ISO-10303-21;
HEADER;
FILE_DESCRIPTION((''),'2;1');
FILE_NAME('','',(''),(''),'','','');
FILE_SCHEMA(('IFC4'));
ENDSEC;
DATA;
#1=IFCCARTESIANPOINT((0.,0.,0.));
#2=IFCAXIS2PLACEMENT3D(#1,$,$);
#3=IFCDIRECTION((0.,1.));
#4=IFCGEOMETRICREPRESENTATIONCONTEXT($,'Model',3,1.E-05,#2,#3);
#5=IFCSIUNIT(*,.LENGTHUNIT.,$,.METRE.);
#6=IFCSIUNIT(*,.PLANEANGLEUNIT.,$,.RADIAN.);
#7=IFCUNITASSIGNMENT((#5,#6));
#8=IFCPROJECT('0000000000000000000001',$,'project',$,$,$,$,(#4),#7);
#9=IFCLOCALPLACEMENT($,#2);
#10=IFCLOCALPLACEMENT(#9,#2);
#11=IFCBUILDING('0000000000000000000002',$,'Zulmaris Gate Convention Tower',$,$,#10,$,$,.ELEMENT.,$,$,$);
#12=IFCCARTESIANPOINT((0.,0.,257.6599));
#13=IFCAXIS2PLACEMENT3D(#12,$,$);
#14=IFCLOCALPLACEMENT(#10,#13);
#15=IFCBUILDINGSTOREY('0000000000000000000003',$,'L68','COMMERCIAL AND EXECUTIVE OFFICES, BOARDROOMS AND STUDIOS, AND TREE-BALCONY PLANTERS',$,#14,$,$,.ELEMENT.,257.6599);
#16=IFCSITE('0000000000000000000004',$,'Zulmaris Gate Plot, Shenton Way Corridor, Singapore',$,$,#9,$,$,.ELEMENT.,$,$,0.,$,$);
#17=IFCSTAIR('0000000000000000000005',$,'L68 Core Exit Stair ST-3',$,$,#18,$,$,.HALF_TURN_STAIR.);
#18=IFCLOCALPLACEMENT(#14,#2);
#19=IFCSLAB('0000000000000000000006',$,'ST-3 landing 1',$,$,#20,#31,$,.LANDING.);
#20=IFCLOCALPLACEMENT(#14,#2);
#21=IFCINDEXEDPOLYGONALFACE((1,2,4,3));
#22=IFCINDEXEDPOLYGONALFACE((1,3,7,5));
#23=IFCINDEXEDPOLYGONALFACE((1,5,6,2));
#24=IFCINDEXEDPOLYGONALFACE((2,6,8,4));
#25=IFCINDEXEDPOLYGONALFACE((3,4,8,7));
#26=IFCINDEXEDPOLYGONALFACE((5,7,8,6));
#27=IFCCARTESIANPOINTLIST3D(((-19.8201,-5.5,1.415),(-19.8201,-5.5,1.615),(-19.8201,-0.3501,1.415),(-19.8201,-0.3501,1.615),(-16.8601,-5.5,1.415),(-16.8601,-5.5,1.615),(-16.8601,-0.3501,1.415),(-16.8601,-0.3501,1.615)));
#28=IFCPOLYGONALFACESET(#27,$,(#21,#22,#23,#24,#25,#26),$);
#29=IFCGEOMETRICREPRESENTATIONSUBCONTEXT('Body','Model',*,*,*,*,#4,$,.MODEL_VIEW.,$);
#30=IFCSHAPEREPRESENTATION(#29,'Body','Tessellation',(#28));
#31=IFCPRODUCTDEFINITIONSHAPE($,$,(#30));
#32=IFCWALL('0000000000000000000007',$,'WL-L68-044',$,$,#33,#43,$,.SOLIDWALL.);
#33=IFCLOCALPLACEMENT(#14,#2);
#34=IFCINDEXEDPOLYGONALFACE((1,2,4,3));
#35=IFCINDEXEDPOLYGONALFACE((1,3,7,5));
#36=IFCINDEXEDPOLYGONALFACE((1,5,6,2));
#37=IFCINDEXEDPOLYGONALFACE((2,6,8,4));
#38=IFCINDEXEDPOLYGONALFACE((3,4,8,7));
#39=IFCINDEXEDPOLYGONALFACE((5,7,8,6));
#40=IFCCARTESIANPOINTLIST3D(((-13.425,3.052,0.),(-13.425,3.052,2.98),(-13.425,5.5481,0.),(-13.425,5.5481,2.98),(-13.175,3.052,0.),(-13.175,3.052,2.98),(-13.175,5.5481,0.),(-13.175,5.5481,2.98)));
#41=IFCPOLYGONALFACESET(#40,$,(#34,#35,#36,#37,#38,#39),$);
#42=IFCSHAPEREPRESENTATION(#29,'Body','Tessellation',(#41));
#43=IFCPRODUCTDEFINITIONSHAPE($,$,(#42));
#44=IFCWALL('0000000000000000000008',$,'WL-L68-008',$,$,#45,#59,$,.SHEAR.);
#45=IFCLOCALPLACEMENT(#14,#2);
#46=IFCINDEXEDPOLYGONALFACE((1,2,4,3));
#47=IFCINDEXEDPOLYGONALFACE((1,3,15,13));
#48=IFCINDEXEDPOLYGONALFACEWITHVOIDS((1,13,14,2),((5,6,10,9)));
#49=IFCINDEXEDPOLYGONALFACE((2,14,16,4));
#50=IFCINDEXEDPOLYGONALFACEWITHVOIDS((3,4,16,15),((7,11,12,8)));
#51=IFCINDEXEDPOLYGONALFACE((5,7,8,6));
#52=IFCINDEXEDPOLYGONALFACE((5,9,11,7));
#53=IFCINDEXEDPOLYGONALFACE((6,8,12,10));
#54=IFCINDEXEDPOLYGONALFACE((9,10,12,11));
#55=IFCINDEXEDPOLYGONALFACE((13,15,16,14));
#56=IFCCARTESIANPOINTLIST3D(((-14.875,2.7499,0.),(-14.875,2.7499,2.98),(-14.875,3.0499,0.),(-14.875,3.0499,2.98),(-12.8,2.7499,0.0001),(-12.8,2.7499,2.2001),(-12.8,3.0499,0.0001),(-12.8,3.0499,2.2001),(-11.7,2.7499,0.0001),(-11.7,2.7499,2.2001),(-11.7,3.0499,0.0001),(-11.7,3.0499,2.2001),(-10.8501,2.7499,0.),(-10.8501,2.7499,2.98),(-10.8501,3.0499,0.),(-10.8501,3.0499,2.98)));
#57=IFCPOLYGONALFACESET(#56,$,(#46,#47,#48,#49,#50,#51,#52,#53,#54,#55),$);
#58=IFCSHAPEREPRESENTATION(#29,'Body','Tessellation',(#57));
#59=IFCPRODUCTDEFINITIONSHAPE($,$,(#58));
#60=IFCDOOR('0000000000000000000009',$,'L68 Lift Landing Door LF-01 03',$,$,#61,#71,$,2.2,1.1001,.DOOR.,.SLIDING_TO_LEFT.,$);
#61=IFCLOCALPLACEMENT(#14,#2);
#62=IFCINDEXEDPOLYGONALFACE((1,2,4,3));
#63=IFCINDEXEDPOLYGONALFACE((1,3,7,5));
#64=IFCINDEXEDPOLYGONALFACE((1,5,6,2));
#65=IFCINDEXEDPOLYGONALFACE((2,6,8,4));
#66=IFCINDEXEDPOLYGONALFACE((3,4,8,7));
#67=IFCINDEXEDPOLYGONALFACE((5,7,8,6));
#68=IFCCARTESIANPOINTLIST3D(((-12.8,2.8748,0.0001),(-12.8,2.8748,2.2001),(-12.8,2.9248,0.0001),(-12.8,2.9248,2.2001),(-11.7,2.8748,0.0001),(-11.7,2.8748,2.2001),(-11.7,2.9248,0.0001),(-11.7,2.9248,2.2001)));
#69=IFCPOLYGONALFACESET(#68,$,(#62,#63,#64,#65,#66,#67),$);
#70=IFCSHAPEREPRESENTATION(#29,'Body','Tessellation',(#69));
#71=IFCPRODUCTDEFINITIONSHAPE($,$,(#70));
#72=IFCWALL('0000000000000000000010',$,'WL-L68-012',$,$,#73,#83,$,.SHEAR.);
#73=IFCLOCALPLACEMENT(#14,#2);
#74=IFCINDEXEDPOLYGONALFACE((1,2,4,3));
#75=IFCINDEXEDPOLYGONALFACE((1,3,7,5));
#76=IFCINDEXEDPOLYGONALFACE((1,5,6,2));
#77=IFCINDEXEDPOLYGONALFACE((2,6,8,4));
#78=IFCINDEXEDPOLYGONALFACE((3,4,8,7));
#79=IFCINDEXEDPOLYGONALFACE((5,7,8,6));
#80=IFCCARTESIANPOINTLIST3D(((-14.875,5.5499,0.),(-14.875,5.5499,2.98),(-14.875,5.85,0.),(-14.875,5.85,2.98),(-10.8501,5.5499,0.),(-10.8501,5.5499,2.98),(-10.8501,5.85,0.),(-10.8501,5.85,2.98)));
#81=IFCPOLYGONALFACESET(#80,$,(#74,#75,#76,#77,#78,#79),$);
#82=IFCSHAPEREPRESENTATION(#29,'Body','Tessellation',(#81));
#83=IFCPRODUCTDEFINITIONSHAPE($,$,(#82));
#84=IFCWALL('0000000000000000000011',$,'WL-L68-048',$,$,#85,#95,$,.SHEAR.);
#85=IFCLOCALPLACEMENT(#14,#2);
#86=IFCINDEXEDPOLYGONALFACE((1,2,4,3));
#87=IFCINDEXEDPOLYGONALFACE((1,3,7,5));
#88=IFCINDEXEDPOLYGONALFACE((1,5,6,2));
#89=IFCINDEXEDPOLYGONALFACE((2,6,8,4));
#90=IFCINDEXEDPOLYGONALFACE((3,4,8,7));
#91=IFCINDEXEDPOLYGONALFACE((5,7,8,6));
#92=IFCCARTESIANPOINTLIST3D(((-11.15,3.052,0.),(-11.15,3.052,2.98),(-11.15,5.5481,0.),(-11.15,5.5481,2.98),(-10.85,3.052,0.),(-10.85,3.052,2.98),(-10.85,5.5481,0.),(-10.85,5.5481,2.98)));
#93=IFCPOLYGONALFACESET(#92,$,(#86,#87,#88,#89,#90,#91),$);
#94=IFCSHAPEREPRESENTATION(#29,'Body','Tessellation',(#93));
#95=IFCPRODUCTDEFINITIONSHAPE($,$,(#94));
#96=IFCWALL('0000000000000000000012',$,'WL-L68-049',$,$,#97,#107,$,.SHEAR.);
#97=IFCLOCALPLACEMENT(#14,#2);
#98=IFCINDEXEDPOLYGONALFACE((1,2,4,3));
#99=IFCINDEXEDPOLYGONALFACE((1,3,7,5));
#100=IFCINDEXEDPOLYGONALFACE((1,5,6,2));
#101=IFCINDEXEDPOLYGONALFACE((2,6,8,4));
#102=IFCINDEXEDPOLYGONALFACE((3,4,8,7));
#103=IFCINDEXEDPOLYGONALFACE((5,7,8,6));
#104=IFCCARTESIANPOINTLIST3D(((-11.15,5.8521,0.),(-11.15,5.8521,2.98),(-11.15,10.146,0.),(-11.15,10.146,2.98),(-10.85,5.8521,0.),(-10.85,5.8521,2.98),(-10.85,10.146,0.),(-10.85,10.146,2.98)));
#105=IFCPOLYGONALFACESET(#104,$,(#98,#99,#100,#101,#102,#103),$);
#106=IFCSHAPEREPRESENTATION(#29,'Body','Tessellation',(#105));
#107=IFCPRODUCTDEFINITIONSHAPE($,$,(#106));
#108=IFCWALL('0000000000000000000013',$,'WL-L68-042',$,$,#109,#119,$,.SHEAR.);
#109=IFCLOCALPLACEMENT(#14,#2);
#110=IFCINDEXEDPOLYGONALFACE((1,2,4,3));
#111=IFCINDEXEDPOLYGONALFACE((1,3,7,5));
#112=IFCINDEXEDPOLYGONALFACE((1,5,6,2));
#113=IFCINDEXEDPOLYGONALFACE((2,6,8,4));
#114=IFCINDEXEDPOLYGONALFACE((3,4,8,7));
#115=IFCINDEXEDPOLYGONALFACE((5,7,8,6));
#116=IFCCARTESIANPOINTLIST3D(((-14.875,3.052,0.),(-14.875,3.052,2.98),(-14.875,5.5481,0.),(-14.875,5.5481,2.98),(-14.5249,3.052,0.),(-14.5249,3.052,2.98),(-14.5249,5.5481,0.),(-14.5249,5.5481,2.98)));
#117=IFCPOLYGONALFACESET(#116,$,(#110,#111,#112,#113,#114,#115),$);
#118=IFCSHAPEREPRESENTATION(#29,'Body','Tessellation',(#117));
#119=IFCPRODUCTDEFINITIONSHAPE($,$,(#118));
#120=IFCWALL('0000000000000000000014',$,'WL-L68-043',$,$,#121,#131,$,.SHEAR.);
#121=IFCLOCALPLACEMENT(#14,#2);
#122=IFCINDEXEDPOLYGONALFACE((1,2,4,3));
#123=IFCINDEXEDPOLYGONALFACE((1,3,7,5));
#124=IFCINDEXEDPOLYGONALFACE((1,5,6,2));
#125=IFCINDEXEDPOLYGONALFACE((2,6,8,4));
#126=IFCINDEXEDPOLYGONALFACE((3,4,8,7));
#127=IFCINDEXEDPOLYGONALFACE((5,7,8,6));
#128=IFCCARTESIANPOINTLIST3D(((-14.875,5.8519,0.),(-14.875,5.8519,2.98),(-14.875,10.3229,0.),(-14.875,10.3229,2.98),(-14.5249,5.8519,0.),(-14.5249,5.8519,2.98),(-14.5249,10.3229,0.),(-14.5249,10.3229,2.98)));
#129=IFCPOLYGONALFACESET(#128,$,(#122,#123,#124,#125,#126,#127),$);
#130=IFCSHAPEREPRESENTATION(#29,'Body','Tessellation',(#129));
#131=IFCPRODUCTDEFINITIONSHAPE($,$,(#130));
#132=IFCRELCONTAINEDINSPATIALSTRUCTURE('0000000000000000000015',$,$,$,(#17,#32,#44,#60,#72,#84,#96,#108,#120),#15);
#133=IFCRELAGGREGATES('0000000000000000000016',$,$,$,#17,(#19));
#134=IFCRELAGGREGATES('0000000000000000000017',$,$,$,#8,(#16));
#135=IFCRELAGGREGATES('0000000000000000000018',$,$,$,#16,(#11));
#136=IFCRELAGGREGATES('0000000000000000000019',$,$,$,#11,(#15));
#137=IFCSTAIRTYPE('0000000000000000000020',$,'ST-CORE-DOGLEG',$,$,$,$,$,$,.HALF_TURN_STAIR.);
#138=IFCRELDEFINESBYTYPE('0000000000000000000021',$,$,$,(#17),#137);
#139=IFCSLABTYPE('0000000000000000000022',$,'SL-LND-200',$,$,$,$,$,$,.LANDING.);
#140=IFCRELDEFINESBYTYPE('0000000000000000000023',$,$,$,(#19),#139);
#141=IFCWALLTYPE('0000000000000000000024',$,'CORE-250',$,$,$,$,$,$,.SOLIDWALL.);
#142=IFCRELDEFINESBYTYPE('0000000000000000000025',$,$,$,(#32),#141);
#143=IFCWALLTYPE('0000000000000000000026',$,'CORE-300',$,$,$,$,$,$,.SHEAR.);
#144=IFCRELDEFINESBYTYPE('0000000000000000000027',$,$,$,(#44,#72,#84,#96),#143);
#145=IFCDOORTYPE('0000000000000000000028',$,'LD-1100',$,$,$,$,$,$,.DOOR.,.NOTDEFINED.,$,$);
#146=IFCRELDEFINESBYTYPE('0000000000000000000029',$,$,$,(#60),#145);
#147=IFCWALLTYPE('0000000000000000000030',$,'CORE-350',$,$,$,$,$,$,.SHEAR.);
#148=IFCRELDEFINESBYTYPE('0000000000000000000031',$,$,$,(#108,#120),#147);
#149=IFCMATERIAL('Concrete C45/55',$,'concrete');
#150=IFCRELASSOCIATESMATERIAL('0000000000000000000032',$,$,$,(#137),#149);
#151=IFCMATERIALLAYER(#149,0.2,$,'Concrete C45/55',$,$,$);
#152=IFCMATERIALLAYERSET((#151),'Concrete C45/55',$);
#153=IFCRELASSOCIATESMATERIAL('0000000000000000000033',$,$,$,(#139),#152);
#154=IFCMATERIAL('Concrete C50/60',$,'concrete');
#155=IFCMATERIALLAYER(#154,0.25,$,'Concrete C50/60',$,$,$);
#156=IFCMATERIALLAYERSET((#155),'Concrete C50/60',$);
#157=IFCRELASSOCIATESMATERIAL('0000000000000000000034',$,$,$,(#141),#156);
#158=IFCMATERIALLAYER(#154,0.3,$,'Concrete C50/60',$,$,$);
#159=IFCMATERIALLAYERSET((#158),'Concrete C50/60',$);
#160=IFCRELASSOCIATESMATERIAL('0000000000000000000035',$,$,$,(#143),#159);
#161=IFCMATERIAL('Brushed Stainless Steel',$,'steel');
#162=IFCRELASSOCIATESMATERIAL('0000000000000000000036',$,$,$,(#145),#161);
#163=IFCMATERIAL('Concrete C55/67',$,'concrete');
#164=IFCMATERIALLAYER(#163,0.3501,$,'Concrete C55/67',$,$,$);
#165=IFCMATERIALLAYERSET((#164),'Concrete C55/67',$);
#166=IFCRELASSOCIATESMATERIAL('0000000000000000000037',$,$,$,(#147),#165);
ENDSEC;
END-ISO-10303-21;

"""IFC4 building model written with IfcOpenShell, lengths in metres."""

from ifc_helpers import new_model, si_unit, direction, frame, frame_2d, origin, place, context, subcontext, project, spatial, polyline, rectangle, outline, extrude, material, layer, layer_set, type_object, element, fill, aggregate, save


model = new_model("IFC4")

# Units and contexts
model_context = context("Model", 3, precision=1e-05, world=origin(), true_north=direction((0.0, 1.0)))
body_context = subcontext(model_context, "Body", "Model", "MODEL_VIEW")
ifc_project = project(units=[si_unit("LENGTHUNIT", "METRE"), si_unit("PLANEANGLEUNIT", "RADIAN")], contexts=[model_context])

# Site, building, storey
site_placement = place(None, origin())
site = spatial("IfcSite", under=ifc_project, at=site_placement, Name="Zulmaris Gate Plot, Shenton Way Corridor, Singapore", CompositionType="ELEMENT", RefElevation=0.0)
building_placement = place(site_placement, origin())
building = spatial("IfcBuilding", under=site, at=building_placement, Name="Zulmaris Gate Convention Tower", CompositionType="ELEMENT")
storey_placement = place(building_placement, frame((0.0, 0.0, 257.6599)))
storey = spatial("IfcBuildingStorey", under=building, at=storey_placement, Name="L68", Description="COMMERCIAL AND EXECUTIVE OFFICES, BOARDROOMS AND STUDIOS, AND TREE-BALCONY PLANTERS", CompositionType="ELEMENT", Elevation=257.6599)

# Shared definitions
ifc_material_1 = material(Name="Concrete C50/60", Category="concrete")

# Stair, slab
ifc_material_2 = material(Name="Concrete C45/55", Category="concrete")
stair_type = type_object("IfcStairType", Name="ST-CORE-DOGLEG", PredefinedType="HALF_TURN_STAIR", material=ifc_material_2)
ifc_layer_1 = layer(ifc_material_2, 0.2, Name="Concrete C45/55")
ifc_layer_set_1 = layer_set([ifc_layer_1], Name="Concrete C45/55")
slab_type_1 = type_object("IfcSlabType", Name="SL-LND-200", PredefinedType="LANDING", material=ifc_layer_set_1)
stair_1_placement = place(storey_placement, origin())
stair_1 = element("IfcStair", 1, at=stair_1_placement, inside=storey, type_object=stair_type, Name="L68 Core Exit Stair ST-3", PredefinedType="HALF_TURN_STAIR")
slab_1_placement = place(storey_placement, frame((0.0, 0.0, 1.415)))
slab_1 = element("IfcSlab", 2, at=slab_1_placement, type_object=slab_type_1, Name="ST-3 landing 1", PredefinedType="LANDING", context=body_context, shape_type="SweptSolid", body=[
    extrude(outline(polyline([(-16.8601, -5.5), (-16.8601, -0.3501), (-19.8201, -0.3501), (-19.8201, -5.5), (-16.8601, -5.5)])), origin(), (0.0, 0.0, 1.0), 0.2),
])
aggregate(stair_1, [slab_1])

# Wall
ifc_layer_2 = layer(ifc_material_1, 0.25, Name="Concrete C50/60")
ifc_layer_set_2 = layer_set([ifc_layer_2], Name="Concrete C50/60")
wall_type_1 = type_object("IfcWallType", Name="CORE-250", PredefinedType="SOLIDWALL", material=ifc_layer_set_2)
wall_1_placement = place(storey_placement, frame((-13.3, 3.052, 0.0), z_axis=(0.0, 0.0, 1.0), x_axis=(0.0, 1.0, 0.0)))
element("IfcWall", 3, at=wall_1_placement, inside=storey, type_object=wall_type_1, Name="WL-L68-044", PredefinedType="SOLIDWALL", context=body_context, shape_type="SweptSolid", body=[
    extrude(rectangle(XDim=2.4961, YDim=0.25, at=frame_2d((1.248, 0.0))), origin(), (0.0, 0.0, 1.0), 2.98),
])

# Wall, opening, door
ifc_layer_3 = layer(ifc_material_1, 0.3, Name="Concrete C50/60")
ifc_layer_set_3 = layer_set([ifc_layer_3], Name="Concrete C50/60")
wall_type_2 = type_object("IfcWallType", Name="CORE-300", PredefinedType="SHEAR", material=ifc_layer_set_3)
wall_2_placement = place(storey_placement, frame((-14.875, 2.8999, 0.0), z_axis=(0.0, 0.0, 1.0), x_axis=(1.0, 0.0, 0.0)))
wall_2 = element("IfcWall", 4, at=wall_2_placement, inside=storey, type_object=wall_type_2, Name="WL-L68-008", PredefinedType="SHEAR", context=body_context, shape_type="SweptSolid", body=[
    extrude(rectangle(XDim=4.0249, YDim=0.3, at=frame_2d((2.0125, 0.0))), origin(), (0.0, 0.0, 1.0), 2.98),
])
opening_1_placement = place(wall_2_placement, frame((2.075, 0.0, 0.0)))
opening_1 = element("IfcOpeningElement", 5, at=opening_1_placement, cuts=wall_2, PredefinedType="OPENING", context=body_context, shape_type="SweptSolid", body=[
    extrude(rectangle(XDim=1.1001, YDim=2.2, at=frame_2d((0.55, 1.1001))), frame((0.0, 0.1602, 0.0), z_axis=(0.0, -1.0, 0.0), x_axis=(1.0, 0.0, 0.0)), (0.0, 0.0, 1.0), 0.3201),
])
ifc_material_3 = material(Name="Brushed Stainless Steel", Category="steel")
door_type_1 = type_object("IfcDoorType", Name="LD-1100", OperationType="NOTDEFINED", PredefinedType="DOOR", material=ifc_material_3)
door_1_placement = place(opening_1_placement, origin())
door_1 = element("IfcDoor", 6, at=door_1_placement, inside=storey, type_object=door_type_1, Name="L68 Lift Landing Door LF-01 03", OperationType="SLIDING_TO_LEFT", OverallHeight=2.2, OverallWidth=1.1001, PredefinedType="DOOR", context=body_context, shape_type="SweptSolid", body=[
    extrude(rectangle(XDim=1.1001, YDim=2.2, at=frame_2d((0.55, 1.1001))), frame((0.0, 0.0249, 0.0), z_axis=(0.0, -1.0, 0.0), x_axis=(1.0, 0.0, 0.0)), (0.0, 0.0, 1.0), 0.05),
])
fill(opening_1, door_1)

# Wall
wall_3_placement = place(storey_placement, frame((-14.875, 5.7, 0.0), z_axis=(0.0, 0.0, 1.0), x_axis=(1.0, 0.0, 0.0)))
element("IfcWall", 7, at=wall_3_placement, inside=storey, type_object=wall_type_2, Name="WL-L68-012", PredefinedType="SHEAR", context=body_context, shape_type="SweptSolid", body=[
    extrude(rectangle(XDim=4.0249, YDim=0.3, at=frame_2d((2.0125, 0.0))), origin(), (0.0, 0.0, 1.0), 2.98),
])

# Walls
wall_4_placement = place(storey_placement, frame((-11.0, 3.052, 0.0), z_axis=(0.0, 0.0, 1.0), x_axis=(0.0, 1.0, 0.0)))
element("IfcWall", 8, at=wall_4_placement, inside=storey, type_object=wall_type_2, Name="WL-L68-048", PredefinedType="SHEAR", context=body_context, shape_type="SweptSolid", body=[
    extrude(rectangle(XDim=2.4961, YDim=0.3, at=frame_2d((1.248, 0.0))), origin(), (0.0, 0.0, 1.0), 2.98),
])
wall_5_placement = place(storey_placement, frame((-11.0, 5.8521, 0.0), z_axis=(0.0, 0.0, 1.0), x_axis=(0.0, 1.0, 0.0)))
element("IfcWall", 9, at=wall_5_placement, inside=storey, type_object=wall_type_2, Name="WL-L68-049", PredefinedType="SHEAR", context=body_context, shape_type="SweptSolid", body=[
    extrude(rectangle(XDim=4.2939, YDim=0.3, at=frame_2d((2.147, 0.0))), origin(), (0.0, 0.0, 1.0), 2.98),
])
ifc_material_4 = material(Name="Concrete C55/67", Category="concrete")
ifc_layer_4 = layer(ifc_material_4, 0.3501, Name="Concrete C55/67")
ifc_layer_set_4 = layer_set([ifc_layer_4], Name="Concrete C55/67")
wall_type_3 = type_object("IfcWallType", Name="CORE-350", PredefinedType="SHEAR", material=ifc_layer_set_4)
wall_6_placement = place(storey_placement, frame((-14.7, 3.052, 0.0), z_axis=(0.0, 0.0, 1.0), x_axis=(0.0, 1.0, 0.0)))
element("IfcWall", 10, at=wall_6_placement, inside=storey, type_object=wall_type_3, Name="WL-L68-042", PredefinedType="SHEAR", context=body_context, shape_type="SweptSolid", body=[
    extrude(rectangle(XDim=2.4961, YDim=0.3501, at=frame_2d((1.248, 0.0))), origin(), (0.0, 0.0, 1.0), 2.98),
])
wall_7_placement = place(storey_placement, frame((-14.7, 5.8521, 0.0), z_axis=(0.0, 0.0, 1.0), x_axis=(0.0, 1.0, 0.0)))
element("IfcWall", 11, at=wall_7_placement, inside=storey, type_object=wall_type_3, Name="WL-L68-043", PredefinedType="SHEAR", context=body_context, shape_type="SweptSolid", body=[
    extrude(rectangle(XDim=4.4709, YDim=0.3501, at=frame_2d((2.2354, 0.0))), origin(), (0.0, 0.0, 1.0), 2.98),
])

save(model, "model.ifc")
